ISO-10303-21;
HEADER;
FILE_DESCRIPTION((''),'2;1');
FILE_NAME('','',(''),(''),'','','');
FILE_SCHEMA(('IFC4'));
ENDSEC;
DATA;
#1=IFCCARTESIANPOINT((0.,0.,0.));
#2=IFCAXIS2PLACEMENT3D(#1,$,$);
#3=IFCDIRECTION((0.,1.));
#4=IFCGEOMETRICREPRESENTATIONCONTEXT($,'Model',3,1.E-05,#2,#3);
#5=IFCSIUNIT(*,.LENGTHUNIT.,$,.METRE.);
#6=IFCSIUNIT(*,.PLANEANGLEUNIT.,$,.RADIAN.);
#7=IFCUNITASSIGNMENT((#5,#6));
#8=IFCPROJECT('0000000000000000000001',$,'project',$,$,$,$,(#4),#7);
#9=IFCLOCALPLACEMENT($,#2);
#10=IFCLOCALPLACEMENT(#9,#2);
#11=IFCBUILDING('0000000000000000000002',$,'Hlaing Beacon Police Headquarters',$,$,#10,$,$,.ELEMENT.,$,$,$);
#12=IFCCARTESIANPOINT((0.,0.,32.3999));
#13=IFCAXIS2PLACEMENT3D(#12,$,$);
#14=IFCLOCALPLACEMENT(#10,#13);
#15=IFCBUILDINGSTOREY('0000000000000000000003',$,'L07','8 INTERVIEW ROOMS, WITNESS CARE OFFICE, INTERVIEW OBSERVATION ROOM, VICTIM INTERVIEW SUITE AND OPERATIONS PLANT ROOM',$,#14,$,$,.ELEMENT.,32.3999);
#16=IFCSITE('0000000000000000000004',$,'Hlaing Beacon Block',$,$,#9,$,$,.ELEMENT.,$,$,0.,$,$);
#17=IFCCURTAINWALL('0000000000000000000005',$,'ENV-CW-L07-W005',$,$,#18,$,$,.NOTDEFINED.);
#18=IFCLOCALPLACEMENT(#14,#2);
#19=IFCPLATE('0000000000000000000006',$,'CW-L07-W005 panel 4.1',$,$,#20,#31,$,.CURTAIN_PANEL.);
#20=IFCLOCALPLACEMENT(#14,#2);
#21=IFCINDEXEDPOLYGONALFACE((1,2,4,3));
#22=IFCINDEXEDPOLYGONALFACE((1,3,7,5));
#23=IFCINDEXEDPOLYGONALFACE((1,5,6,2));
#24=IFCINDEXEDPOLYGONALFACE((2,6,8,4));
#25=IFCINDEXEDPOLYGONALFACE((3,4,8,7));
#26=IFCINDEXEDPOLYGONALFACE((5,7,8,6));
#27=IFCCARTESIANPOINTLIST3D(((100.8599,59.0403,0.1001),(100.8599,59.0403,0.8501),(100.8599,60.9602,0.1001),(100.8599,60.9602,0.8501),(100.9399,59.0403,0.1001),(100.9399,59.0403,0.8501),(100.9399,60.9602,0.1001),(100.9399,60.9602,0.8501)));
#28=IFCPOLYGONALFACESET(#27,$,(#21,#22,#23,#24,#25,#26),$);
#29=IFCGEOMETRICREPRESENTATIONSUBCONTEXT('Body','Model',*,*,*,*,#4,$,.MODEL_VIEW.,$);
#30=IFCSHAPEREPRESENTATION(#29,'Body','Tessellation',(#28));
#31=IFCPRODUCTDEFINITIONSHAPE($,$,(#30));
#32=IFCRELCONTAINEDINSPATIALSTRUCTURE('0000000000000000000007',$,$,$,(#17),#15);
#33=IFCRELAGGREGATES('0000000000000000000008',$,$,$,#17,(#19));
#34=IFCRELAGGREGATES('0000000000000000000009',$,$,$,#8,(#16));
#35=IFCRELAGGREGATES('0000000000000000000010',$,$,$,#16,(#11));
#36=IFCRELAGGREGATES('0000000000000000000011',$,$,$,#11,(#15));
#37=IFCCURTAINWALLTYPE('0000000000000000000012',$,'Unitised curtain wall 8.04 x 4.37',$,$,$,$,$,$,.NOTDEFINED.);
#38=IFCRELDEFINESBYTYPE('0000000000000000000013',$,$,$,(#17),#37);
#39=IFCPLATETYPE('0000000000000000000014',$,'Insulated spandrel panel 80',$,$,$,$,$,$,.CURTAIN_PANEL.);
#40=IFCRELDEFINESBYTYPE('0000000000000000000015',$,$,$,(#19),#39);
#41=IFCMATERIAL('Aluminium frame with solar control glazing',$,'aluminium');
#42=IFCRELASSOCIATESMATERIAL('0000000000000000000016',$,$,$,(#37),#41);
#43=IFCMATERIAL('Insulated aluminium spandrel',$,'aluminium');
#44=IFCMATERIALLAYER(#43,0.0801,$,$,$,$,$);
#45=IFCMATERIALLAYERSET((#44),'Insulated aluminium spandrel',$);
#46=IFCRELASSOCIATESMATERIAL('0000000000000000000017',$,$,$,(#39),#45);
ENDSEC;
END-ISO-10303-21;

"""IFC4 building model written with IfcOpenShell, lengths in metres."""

from ifc_helpers import new_model, si_unit, direction, frame, origin, origin_2d, place, context, subcontext, project, spatial, rectangle, extrude, material, layer, layer_set, type_object, element, aggregate, save


model = new_model("IFC4")

# Units and contexts
model_context = context("Model", 3, precision=1e-05, world=origin(), true_north=direction((0.0, 1.0)))
body_context = subcontext(model_context, "Body", "Model", "MODEL_VIEW")
ifc_project = project(units=[si_unit("LENGTHUNIT", "METRE"), si_unit("PLANEANGLEUNIT", "RADIAN")], contexts=[model_context])

# Site, building, storey
site_placement = place(None, origin())
site = spatial("IfcSite", under=ifc_project, at=site_placement, Name="Hlaing Beacon Block", CompositionType="ELEMENT", RefElevation=0.0)
building_placement = place(site_placement, origin())
building = spatial("IfcBuilding", under=site, at=building_placement, Name="Hlaing Beacon Police Headquarters", CompositionType="ELEMENT")
storey_placement = place(building_placement, frame((0.0, 0.0, 32.3999)))
storey = spatial("IfcBuildingStorey", under=building, at=storey_placement, Name="L07", Description="8 INTERVIEW ROOMS, WITNESS CARE OFFICE, INTERVIEW OBSERVATION ROOM, VICTIM INTERVIEW SUITE AND OPERATIONS PLANT ROOM", CompositionType="ELEMENT", Elevation=32.3999)

# Curtain wall
ifc_material_1 = material(Name="Aluminium frame with solar control glazing", Category="aluminium")
curtain_wall_type = type_object("IfcCurtainWallType", Name="Unitised curtain wall 8.04 x 4.37", PredefinedType="NOTDEFINED", material=ifc_material_1)
curtain_wall_1_placement = place(storey_placement, origin())
curtain_wall_1 = element("IfcCurtainWall", 1, at=curtain_wall_1_placement, inside=storey, type_object=curtain_wall_type, Name="ENV-CW-L07-W005", PredefinedType="NOTDEFINED")

# Plate
ifc_material_2 = material(Name="Insulated aluminium spandrel", Category="aluminium")
ifc_layer = layer(ifc_material_2, 0.0801)
ifc_layer_set = layer_set([ifc_layer], Name="Insulated aluminium spandrel")
plate_type = type_object("IfcPlateType", Name="Insulated spandrel panel 80", PredefinedType="CURTAIN_PANEL", material=ifc_layer_set)
plate_placement = place(storey_placement, frame((100.8999, 60.0002, 0.1001), z_axis=(0.0, 0.0, 1.0), x_axis=(0.0, -1.0, 0.0)))
plate = element("IfcPlate", 2, at=plate_placement, type_object=plate_type, Name="CW-L07-W005 panel 4.1", PredefinedType="CURTAIN_PANEL", context=body_context, shape_type="SweptSolid", body=[
    extrude(rectangle(XDim=1.9199, YDim=0.0801, at=origin_2d()), origin(), (0.0, 0.0, 1.0), 0.75),
])
aggregate(curtain_wall_1, [plate])

save(model, "model.ifc")
